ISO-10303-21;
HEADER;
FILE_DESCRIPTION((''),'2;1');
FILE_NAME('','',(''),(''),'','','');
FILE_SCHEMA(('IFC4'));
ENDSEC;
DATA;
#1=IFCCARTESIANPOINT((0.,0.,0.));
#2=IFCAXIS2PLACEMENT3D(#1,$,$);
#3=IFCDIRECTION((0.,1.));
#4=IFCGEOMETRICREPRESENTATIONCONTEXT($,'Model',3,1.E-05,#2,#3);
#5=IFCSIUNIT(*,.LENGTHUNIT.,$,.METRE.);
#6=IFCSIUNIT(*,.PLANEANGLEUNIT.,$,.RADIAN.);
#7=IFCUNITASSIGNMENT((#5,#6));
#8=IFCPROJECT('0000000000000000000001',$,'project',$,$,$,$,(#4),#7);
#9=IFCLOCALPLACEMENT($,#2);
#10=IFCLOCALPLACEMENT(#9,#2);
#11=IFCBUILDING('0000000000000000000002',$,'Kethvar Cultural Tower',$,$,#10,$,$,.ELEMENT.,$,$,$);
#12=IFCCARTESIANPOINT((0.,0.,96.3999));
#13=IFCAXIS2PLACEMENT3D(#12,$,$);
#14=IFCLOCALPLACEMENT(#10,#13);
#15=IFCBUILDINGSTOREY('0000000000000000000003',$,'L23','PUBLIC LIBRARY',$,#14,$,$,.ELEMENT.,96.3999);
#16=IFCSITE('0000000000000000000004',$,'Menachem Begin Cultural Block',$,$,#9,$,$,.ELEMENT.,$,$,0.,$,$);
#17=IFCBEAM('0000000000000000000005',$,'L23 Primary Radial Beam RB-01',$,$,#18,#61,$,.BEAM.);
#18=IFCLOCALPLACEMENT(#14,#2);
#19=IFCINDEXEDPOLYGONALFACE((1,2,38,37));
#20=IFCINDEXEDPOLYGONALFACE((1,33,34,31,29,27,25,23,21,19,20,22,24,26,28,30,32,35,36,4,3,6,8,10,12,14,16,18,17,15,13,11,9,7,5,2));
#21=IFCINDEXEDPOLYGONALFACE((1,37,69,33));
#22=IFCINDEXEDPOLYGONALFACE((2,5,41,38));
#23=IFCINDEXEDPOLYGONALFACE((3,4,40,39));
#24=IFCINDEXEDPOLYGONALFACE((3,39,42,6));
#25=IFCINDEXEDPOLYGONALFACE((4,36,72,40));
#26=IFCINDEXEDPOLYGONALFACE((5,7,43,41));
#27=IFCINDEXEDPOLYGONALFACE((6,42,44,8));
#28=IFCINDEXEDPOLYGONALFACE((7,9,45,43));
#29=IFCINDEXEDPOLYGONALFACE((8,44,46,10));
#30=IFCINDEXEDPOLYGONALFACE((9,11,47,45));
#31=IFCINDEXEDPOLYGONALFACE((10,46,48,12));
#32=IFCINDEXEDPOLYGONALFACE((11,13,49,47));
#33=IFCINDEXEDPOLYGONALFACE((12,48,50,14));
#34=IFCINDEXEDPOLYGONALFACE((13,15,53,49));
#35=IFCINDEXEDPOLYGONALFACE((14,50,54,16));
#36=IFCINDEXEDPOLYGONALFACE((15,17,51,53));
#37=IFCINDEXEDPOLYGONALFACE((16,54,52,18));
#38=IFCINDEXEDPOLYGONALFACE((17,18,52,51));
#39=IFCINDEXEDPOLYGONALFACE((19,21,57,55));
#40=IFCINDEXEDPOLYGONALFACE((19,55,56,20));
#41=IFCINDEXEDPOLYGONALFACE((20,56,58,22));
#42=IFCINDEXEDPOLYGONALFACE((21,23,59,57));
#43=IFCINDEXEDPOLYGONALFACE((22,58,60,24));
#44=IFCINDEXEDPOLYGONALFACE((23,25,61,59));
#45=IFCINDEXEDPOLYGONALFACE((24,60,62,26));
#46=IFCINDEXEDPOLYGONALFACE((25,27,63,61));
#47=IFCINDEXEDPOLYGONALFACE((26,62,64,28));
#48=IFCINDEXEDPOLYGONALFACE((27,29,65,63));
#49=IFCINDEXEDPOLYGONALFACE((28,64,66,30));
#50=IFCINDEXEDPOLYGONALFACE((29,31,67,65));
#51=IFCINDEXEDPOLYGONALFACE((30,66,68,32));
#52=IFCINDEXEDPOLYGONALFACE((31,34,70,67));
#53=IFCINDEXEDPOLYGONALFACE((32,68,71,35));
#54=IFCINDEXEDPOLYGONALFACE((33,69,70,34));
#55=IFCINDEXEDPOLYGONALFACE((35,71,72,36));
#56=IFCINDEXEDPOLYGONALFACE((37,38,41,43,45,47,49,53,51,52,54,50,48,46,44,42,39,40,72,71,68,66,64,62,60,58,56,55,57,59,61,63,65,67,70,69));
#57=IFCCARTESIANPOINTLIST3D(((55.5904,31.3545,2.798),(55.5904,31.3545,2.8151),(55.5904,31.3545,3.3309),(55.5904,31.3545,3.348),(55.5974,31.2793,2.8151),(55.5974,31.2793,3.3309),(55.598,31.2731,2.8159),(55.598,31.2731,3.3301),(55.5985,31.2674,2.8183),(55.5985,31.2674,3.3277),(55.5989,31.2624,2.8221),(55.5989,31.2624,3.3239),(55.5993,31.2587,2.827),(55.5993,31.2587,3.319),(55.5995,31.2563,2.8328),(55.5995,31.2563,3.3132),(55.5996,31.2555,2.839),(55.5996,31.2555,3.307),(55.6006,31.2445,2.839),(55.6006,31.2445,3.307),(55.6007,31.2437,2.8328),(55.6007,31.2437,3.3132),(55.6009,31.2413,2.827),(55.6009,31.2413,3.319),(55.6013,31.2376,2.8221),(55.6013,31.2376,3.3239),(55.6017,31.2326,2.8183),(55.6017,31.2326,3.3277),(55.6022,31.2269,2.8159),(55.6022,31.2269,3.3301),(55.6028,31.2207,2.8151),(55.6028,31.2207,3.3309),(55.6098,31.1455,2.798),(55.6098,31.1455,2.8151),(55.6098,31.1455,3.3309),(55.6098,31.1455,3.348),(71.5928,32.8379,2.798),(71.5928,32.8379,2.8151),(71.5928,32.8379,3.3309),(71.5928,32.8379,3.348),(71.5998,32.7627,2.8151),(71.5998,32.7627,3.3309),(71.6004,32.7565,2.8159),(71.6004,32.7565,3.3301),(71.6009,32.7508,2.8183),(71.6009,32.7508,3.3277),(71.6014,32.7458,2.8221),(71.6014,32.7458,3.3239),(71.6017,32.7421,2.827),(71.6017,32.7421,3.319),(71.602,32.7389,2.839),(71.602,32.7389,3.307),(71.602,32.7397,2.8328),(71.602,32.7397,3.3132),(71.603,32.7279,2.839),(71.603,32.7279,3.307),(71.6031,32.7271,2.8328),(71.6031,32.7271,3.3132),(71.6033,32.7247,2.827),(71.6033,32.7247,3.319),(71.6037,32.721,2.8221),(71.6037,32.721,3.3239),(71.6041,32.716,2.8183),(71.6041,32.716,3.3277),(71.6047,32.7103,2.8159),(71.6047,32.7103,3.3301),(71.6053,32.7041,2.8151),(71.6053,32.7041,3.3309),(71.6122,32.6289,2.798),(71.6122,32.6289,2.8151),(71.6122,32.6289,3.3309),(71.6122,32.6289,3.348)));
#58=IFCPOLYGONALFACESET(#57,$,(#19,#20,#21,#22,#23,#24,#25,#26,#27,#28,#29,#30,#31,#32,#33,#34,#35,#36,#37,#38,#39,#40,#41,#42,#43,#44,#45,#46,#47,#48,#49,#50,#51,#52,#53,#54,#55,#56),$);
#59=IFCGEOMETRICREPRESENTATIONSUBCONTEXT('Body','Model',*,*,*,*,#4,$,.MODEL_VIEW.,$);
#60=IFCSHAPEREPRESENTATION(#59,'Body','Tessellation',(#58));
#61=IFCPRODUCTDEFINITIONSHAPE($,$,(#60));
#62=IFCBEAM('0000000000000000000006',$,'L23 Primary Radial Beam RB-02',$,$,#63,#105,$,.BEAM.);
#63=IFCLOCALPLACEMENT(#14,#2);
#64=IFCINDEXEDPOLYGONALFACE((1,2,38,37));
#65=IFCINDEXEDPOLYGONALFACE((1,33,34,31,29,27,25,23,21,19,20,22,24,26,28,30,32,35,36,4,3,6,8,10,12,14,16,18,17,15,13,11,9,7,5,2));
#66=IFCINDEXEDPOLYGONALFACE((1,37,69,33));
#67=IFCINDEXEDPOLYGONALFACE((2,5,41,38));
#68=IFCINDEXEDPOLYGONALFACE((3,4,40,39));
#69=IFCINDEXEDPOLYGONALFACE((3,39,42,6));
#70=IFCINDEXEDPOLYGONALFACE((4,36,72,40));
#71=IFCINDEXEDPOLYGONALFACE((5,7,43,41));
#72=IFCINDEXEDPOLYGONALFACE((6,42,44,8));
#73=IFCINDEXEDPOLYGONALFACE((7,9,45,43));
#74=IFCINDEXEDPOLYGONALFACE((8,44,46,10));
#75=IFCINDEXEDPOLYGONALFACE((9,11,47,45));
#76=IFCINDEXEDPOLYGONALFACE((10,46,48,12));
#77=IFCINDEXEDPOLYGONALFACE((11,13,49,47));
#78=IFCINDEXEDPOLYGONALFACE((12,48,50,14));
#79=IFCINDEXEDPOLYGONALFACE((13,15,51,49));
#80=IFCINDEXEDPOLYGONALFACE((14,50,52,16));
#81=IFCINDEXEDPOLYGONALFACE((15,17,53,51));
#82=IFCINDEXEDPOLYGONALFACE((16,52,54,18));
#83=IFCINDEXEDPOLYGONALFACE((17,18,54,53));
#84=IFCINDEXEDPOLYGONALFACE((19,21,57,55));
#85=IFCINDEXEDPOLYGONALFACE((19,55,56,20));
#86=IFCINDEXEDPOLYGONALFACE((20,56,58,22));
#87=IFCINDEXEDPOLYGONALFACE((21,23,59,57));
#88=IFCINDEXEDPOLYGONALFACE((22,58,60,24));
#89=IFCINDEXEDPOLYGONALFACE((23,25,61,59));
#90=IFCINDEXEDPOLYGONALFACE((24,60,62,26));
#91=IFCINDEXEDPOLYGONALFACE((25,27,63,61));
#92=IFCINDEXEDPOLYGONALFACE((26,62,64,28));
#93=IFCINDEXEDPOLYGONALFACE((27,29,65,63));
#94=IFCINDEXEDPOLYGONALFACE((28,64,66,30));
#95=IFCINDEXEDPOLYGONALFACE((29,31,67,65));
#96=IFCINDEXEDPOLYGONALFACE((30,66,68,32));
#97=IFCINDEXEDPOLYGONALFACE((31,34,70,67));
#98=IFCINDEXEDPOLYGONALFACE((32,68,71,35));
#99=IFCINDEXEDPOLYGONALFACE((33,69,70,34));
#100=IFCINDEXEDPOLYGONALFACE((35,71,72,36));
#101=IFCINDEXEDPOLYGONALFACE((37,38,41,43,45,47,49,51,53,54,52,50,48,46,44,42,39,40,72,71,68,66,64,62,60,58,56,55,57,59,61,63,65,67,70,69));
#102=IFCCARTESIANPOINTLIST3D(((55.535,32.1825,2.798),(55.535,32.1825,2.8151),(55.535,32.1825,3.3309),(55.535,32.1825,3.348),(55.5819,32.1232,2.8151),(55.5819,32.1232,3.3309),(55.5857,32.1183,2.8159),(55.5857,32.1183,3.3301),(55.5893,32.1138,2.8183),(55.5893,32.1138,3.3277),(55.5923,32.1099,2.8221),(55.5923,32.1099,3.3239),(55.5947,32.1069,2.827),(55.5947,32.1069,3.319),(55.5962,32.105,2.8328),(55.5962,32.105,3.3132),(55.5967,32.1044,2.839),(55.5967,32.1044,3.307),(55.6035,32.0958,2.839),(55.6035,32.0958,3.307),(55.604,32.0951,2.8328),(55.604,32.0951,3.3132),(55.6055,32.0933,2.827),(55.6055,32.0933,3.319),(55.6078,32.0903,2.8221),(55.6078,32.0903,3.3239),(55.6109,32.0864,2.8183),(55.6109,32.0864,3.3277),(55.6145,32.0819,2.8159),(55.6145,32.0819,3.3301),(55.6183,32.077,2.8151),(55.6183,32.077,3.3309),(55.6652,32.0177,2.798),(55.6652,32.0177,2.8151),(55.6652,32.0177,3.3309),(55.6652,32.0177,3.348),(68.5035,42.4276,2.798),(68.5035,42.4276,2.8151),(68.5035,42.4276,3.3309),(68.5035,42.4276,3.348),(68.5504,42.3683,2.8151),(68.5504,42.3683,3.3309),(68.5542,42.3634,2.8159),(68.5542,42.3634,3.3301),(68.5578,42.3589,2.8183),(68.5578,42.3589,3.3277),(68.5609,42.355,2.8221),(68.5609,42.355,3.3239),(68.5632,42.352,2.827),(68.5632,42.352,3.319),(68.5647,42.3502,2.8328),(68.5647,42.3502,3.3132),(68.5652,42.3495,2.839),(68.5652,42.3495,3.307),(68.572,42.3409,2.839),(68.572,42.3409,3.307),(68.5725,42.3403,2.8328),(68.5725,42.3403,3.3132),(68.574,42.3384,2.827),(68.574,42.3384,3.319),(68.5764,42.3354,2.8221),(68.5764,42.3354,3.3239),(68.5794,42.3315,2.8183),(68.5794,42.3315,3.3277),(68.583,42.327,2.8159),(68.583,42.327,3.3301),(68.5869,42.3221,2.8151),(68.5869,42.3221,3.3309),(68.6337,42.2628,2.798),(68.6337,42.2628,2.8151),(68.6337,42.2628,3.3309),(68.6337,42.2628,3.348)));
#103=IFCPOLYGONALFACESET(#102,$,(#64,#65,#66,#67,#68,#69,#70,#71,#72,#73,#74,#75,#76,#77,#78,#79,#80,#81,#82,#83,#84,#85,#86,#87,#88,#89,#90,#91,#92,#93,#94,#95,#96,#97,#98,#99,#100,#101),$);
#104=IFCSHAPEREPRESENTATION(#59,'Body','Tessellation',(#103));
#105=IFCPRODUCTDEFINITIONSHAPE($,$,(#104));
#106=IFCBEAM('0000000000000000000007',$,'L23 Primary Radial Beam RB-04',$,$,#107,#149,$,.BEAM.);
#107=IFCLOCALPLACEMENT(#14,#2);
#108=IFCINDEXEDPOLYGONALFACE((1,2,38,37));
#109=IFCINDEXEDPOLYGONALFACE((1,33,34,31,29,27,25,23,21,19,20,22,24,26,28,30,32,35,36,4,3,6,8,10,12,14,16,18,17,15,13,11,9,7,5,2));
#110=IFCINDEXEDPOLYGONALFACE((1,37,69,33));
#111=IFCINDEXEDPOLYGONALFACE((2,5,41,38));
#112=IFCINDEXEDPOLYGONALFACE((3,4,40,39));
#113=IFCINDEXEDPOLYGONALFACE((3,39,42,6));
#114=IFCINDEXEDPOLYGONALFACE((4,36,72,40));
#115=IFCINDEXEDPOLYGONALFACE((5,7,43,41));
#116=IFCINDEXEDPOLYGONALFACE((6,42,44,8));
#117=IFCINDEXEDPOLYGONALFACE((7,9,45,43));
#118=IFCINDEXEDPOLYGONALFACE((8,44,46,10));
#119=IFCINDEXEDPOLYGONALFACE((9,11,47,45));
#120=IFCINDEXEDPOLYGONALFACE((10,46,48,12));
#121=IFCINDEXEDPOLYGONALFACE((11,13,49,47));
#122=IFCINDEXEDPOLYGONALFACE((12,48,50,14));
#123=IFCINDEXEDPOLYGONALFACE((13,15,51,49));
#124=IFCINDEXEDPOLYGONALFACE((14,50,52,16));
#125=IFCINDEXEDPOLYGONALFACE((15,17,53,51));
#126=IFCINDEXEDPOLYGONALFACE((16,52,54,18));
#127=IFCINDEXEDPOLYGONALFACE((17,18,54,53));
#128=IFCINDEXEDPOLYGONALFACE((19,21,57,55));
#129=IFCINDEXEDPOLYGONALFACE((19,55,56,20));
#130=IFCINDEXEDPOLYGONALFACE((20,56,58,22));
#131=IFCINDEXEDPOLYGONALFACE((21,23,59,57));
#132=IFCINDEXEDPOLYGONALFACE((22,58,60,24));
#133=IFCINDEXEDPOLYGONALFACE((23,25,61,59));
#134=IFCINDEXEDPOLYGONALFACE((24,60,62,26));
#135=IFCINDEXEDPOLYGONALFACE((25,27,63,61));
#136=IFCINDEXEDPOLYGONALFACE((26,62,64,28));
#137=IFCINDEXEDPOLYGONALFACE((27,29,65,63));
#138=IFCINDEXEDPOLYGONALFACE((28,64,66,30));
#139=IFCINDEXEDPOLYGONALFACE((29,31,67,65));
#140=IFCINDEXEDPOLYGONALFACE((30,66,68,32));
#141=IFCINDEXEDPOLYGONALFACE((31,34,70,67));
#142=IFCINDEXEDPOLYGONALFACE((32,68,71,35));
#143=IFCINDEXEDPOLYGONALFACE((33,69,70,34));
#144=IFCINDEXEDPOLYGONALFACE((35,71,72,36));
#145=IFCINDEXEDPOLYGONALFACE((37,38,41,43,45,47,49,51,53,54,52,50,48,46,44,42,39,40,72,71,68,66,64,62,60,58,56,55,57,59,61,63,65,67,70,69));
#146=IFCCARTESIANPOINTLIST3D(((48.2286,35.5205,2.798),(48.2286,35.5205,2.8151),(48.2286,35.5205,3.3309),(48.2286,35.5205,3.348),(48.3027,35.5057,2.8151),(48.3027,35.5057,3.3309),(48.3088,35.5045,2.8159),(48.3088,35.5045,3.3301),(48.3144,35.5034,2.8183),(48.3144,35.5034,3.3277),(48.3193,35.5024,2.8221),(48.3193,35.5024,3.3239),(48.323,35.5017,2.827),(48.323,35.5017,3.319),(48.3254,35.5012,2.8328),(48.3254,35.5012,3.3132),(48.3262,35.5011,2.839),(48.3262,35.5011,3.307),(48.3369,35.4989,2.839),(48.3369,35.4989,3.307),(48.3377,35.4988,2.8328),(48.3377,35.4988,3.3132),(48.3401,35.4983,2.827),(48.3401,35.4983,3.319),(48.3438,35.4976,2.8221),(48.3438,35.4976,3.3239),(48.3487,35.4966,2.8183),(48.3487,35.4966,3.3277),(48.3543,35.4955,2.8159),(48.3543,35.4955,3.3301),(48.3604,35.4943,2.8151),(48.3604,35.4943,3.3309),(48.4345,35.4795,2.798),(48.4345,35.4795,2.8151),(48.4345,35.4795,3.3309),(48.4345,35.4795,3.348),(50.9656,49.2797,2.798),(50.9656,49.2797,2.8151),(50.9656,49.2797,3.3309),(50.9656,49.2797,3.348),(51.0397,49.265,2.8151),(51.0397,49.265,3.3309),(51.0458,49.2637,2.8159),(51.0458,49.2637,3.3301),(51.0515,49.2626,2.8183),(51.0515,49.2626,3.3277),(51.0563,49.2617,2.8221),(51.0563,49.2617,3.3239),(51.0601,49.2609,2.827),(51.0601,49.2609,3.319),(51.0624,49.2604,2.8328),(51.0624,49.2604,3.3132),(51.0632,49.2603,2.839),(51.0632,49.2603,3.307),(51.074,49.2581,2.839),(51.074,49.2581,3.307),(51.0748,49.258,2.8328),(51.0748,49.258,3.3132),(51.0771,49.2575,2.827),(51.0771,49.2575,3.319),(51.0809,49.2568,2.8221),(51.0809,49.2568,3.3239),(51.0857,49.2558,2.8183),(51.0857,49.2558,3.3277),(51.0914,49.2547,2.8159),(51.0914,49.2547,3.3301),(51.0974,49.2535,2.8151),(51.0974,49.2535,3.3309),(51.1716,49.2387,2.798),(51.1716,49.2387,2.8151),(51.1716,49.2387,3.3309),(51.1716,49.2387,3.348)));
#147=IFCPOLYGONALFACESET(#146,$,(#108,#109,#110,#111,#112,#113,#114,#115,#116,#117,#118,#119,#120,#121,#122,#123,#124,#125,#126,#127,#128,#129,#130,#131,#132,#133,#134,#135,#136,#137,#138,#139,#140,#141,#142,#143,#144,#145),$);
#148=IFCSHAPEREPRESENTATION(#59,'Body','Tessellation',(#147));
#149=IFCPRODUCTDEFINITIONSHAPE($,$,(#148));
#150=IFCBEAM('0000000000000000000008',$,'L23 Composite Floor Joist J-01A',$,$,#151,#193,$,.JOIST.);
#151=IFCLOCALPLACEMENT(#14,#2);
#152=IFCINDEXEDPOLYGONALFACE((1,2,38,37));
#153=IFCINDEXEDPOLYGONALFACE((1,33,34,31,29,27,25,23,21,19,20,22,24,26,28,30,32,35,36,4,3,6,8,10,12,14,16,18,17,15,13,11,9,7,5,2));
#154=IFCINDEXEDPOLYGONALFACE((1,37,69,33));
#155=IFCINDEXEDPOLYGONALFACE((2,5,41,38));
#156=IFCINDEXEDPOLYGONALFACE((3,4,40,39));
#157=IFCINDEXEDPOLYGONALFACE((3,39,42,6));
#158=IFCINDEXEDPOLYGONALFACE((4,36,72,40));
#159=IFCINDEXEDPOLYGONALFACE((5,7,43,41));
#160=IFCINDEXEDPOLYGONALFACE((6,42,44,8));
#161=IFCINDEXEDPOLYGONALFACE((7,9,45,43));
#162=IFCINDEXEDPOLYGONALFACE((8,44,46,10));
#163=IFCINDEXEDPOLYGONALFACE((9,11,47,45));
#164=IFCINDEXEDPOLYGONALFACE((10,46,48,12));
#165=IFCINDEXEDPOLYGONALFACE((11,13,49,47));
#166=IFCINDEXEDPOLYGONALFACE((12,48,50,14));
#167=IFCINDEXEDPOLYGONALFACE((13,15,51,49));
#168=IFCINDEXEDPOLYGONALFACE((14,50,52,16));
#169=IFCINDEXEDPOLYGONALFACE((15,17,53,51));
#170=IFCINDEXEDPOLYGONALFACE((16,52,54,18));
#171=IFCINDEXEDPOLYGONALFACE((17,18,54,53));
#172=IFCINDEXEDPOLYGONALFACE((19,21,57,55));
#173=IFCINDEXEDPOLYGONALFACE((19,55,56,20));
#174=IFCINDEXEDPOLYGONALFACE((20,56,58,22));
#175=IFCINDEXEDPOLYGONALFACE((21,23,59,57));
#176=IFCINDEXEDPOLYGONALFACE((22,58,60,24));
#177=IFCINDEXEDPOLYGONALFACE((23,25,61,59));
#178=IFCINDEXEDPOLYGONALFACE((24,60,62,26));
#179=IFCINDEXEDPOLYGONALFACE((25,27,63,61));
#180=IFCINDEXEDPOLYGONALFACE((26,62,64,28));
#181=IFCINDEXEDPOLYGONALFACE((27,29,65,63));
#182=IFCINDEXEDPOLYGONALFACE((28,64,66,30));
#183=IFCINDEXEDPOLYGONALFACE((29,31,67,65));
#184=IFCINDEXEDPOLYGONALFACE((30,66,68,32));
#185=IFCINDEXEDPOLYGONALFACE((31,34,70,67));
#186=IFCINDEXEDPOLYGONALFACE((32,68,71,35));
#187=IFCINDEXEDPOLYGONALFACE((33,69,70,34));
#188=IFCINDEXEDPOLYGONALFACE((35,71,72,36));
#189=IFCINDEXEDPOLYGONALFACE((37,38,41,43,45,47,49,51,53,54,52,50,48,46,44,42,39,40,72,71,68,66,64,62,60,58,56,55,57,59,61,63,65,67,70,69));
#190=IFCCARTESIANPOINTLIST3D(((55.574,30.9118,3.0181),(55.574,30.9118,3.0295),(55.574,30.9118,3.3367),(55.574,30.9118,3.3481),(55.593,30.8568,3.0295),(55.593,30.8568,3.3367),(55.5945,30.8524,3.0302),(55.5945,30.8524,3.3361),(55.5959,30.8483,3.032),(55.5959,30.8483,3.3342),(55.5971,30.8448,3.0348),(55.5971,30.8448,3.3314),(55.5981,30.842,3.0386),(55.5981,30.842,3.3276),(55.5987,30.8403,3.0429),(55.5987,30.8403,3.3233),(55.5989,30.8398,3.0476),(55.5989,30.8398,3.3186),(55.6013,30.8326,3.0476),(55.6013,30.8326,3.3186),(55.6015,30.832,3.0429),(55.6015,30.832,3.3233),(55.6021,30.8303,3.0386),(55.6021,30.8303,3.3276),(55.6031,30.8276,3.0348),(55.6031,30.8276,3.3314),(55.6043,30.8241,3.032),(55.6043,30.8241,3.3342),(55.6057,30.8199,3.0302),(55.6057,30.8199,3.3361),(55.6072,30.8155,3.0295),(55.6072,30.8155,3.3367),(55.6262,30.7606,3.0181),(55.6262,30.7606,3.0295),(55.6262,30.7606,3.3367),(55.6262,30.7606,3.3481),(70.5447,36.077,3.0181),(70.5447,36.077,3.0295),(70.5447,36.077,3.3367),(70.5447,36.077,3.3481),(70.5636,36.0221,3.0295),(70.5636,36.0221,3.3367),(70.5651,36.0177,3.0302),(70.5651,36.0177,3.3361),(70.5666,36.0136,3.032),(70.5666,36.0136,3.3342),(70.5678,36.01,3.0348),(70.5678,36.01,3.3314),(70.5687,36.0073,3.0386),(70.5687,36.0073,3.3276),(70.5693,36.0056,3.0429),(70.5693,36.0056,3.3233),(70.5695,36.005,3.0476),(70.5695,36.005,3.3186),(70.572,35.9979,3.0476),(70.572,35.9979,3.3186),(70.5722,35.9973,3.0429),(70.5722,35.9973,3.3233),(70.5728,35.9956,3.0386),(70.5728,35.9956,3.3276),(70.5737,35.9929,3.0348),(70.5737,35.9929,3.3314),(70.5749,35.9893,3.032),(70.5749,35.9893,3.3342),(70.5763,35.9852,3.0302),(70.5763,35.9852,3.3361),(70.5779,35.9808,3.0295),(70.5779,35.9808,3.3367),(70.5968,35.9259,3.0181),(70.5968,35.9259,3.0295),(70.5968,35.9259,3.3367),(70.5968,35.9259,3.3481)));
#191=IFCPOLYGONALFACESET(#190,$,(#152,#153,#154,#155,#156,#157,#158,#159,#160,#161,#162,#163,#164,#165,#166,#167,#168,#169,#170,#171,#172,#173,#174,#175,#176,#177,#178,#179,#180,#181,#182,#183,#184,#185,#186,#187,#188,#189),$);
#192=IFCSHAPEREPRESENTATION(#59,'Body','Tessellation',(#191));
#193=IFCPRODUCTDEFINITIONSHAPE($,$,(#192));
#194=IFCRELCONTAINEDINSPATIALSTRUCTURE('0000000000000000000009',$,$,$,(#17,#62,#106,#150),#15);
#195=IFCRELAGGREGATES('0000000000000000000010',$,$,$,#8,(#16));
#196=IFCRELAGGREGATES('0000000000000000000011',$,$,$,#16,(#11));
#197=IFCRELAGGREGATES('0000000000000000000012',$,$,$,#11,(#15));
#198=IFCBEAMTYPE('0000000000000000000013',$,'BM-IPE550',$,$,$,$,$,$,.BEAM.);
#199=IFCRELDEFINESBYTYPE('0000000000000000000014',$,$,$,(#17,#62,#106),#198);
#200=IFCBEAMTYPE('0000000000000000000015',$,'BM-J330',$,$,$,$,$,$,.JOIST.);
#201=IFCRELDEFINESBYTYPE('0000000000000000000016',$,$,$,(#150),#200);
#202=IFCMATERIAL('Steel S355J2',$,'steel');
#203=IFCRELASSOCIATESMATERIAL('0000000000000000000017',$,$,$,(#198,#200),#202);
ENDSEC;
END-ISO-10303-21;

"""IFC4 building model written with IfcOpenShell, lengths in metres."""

from ifc_helpers import new_model, si_unit, direction, frame, origin, origin_2d, place, context, subcontext, project, spatial, i_section, extrude, source, transform, mapped, material, material_profile, profile_set, type_object, element, save


model = new_model("IFC4")

# Units and contexts
model_context = context("Model", 3, precision=1e-05, world=origin(), true_north=direction((0.0, 1.0)))
body_context = subcontext(model_context, "Body", "Model", "MODEL_VIEW")
ifc_project = project(units=[si_unit("LENGTHUNIT", "METRE"), si_unit("PLANEANGLEUNIT", "RADIAN")], contexts=[model_context])

# Site, building, storey
site_placement = place(None, origin())
site = spatial("IfcSite", under=ifc_project, at=site_placement, Name="Menachem Begin Cultural Block", CompositionType="ELEMENT", RefElevation=0.0)
building_placement = place(site_placement, origin())
building = spatial("IfcBuilding", under=site, at=building_placement, Name="Kethvar Cultural Tower", CompositionType="ELEMENT")
storey_placement = place(building_placement, frame((0.0, 0.0, 96.3999)))
storey = spatial("IfcBuildingStorey", under=building, at=storey_placement, Name="L23", Description="PUBLIC LIBRARY", CompositionType="ELEMENT", Elevation=96.3999)

# Beams
ifc_material_1 = material(Name="Steel S355J2", Category="steel")
ifc_material_profile_1 = material_profile(ifc_material_1, i_section(OverallWidth=0.21, OverallDepth=0.55, WebThickness=0.011, FlangeThickness=0.0171, FilletRadius=0.0239, at=origin_2d()), Name="Steel S355J2 — IPE550")
ifc_profile_set_1 = profile_set([ifc_material_profile_1], Name="Steel S355J2 — IPE550")
beam_type_1 = type_object("IfcBeamType", Name="BM-IPE550", PredefinedType="BEAM", material=ifc_profile_set_1)
shared_shape_1 = source(origin(), body_context, "Body", "SweptSolid", [
    extrude(i_section(OverallWidth=0.21, OverallDepth=0.55, WebThickness=0.011, FlangeThickness=0.0171, FilletRadius=0.0239, at=origin_2d()), origin(), (0.0, 0.0, 1.0), 16.071),
])
beam_1_placement = place(storey_placement, frame((55.6001, 31.25, 3.073), z_axis=(0.995731, 0.092303, 0.0), x_axis=(-0.092303, 0.995731, 0.0)))
element("IfcBeam", 1, at=beam_1_placement, inside=storey, type_object=beam_type_1, Name="L23 Primary Radial Beam RB-01", PredefinedType="BEAM", context=body_context, shape_type="MappedRepresentation", body=[
    mapped(shared_shape_1, transform((0.0, 0.0, 0.0), scale=1.0)),
])
shared_shape_2 = source(origin(), body_context, "Body", "SweptSolid", [
    extrude(i_section(OverallWidth=0.21, OverallDepth=0.55, WebThickness=0.011, FlangeThickness=0.0171, FilletRadius=0.0239, at=origin_2d()), origin(), (0.0, 0.0, 1.0), 16.5271),
])
beam_2_placement = place(storey_placement, frame((55.6001, 32.1001, 3.073), z_axis=(0.784682, 0.619899, 0.0), x_axis=(-0.619899, 0.784682, 0.0)))
element("IfcBeam", 2, at=beam_2_placement, inside=storey, type_object=beam_type_1, Name="L23 Primary Radial Beam RB-02", PredefinedType="BEAM", context=body_context, shape_type="MappedRepresentation", body=[
    mapped(shared_shape_2, transform((0.0, 0.0, 0.0), scale=1.0)),
])
shared_shape_3 = source(origin(), body_context, "Body", "SweptSolid", [
    extrude(i_section(OverallWidth=0.21, OverallDepth=0.55, WebThickness=0.011, FlangeThickness=0.0171, FilletRadius=0.0239, at=origin_2d()), origin(), (0.0, 0.0, 1.0), 14.0288),
])
beam_3_placement = place(storey_placement, frame((48.3315, 35.5, 3.073), z_axis=(0.195102, 0.980783, 0.0), x_axis=(-0.980783, 0.195102, 0.0)))
element("IfcBeam", 3, at=beam_3_placement, inside=storey, type_object=beam_type_1, Name="L23 Primary Radial Beam RB-04", PredefinedType="BEAM", context=body_context, shape_type="MappedRepresentation", body=[
    mapped(shared_shape_3, transform((0.0, 0.0, 0.0), scale=1.0)),
])
ifc_material_profile_2 = material_profile(ifc_material_1, i_section(OverallWidth=0.1599, OverallDepth=0.3301, WebThickness=0.0076, FlangeThickness=0.0115, FilletRadius=0.0181, at=origin_2d()), Name="Steel S355J2 — IPE330")
ifc_profile_set_2 = profile_set([ifc_material_profile_2], Name="Steel S355J2 — IPE330")
beam_type_2 = type_object("IfcBeamType", Name="BM-J330", PredefinedType="JOIST", material=ifc_profile_set_2)
shared_shape_4 = source(origin(), body_context, "Body", "SweptSolid", [
    extrude(i_section(OverallWidth=0.1599, OverallDepth=0.3301, WebThickness=0.0076, FlangeThickness=0.0115, FilletRadius=0.0181, at=origin_2d()), origin(), (0.0, 0.0, 1.0), 15.8367),
])
beam_4_placement = place(storey_placement, frame((55.6001, 30.8362, 3.1831), z_axis=(0.945315, 0.326158, 0.0), x_axis=(-0.326158, 0.945315, 0.0)))
element("IfcBeam", 4, at=beam_4_placement, inside=storey, type_object=beam_type_2, Name="L23 Composite Floor Joist J-01A", PredefinedType="JOIST", context=body_context, shape_type="MappedRepresentation", body=[
    mapped(shared_shape_4, transform((0.0, 0.0, 0.0), scale=1.0)),
])

save(model, "model.ifc")
